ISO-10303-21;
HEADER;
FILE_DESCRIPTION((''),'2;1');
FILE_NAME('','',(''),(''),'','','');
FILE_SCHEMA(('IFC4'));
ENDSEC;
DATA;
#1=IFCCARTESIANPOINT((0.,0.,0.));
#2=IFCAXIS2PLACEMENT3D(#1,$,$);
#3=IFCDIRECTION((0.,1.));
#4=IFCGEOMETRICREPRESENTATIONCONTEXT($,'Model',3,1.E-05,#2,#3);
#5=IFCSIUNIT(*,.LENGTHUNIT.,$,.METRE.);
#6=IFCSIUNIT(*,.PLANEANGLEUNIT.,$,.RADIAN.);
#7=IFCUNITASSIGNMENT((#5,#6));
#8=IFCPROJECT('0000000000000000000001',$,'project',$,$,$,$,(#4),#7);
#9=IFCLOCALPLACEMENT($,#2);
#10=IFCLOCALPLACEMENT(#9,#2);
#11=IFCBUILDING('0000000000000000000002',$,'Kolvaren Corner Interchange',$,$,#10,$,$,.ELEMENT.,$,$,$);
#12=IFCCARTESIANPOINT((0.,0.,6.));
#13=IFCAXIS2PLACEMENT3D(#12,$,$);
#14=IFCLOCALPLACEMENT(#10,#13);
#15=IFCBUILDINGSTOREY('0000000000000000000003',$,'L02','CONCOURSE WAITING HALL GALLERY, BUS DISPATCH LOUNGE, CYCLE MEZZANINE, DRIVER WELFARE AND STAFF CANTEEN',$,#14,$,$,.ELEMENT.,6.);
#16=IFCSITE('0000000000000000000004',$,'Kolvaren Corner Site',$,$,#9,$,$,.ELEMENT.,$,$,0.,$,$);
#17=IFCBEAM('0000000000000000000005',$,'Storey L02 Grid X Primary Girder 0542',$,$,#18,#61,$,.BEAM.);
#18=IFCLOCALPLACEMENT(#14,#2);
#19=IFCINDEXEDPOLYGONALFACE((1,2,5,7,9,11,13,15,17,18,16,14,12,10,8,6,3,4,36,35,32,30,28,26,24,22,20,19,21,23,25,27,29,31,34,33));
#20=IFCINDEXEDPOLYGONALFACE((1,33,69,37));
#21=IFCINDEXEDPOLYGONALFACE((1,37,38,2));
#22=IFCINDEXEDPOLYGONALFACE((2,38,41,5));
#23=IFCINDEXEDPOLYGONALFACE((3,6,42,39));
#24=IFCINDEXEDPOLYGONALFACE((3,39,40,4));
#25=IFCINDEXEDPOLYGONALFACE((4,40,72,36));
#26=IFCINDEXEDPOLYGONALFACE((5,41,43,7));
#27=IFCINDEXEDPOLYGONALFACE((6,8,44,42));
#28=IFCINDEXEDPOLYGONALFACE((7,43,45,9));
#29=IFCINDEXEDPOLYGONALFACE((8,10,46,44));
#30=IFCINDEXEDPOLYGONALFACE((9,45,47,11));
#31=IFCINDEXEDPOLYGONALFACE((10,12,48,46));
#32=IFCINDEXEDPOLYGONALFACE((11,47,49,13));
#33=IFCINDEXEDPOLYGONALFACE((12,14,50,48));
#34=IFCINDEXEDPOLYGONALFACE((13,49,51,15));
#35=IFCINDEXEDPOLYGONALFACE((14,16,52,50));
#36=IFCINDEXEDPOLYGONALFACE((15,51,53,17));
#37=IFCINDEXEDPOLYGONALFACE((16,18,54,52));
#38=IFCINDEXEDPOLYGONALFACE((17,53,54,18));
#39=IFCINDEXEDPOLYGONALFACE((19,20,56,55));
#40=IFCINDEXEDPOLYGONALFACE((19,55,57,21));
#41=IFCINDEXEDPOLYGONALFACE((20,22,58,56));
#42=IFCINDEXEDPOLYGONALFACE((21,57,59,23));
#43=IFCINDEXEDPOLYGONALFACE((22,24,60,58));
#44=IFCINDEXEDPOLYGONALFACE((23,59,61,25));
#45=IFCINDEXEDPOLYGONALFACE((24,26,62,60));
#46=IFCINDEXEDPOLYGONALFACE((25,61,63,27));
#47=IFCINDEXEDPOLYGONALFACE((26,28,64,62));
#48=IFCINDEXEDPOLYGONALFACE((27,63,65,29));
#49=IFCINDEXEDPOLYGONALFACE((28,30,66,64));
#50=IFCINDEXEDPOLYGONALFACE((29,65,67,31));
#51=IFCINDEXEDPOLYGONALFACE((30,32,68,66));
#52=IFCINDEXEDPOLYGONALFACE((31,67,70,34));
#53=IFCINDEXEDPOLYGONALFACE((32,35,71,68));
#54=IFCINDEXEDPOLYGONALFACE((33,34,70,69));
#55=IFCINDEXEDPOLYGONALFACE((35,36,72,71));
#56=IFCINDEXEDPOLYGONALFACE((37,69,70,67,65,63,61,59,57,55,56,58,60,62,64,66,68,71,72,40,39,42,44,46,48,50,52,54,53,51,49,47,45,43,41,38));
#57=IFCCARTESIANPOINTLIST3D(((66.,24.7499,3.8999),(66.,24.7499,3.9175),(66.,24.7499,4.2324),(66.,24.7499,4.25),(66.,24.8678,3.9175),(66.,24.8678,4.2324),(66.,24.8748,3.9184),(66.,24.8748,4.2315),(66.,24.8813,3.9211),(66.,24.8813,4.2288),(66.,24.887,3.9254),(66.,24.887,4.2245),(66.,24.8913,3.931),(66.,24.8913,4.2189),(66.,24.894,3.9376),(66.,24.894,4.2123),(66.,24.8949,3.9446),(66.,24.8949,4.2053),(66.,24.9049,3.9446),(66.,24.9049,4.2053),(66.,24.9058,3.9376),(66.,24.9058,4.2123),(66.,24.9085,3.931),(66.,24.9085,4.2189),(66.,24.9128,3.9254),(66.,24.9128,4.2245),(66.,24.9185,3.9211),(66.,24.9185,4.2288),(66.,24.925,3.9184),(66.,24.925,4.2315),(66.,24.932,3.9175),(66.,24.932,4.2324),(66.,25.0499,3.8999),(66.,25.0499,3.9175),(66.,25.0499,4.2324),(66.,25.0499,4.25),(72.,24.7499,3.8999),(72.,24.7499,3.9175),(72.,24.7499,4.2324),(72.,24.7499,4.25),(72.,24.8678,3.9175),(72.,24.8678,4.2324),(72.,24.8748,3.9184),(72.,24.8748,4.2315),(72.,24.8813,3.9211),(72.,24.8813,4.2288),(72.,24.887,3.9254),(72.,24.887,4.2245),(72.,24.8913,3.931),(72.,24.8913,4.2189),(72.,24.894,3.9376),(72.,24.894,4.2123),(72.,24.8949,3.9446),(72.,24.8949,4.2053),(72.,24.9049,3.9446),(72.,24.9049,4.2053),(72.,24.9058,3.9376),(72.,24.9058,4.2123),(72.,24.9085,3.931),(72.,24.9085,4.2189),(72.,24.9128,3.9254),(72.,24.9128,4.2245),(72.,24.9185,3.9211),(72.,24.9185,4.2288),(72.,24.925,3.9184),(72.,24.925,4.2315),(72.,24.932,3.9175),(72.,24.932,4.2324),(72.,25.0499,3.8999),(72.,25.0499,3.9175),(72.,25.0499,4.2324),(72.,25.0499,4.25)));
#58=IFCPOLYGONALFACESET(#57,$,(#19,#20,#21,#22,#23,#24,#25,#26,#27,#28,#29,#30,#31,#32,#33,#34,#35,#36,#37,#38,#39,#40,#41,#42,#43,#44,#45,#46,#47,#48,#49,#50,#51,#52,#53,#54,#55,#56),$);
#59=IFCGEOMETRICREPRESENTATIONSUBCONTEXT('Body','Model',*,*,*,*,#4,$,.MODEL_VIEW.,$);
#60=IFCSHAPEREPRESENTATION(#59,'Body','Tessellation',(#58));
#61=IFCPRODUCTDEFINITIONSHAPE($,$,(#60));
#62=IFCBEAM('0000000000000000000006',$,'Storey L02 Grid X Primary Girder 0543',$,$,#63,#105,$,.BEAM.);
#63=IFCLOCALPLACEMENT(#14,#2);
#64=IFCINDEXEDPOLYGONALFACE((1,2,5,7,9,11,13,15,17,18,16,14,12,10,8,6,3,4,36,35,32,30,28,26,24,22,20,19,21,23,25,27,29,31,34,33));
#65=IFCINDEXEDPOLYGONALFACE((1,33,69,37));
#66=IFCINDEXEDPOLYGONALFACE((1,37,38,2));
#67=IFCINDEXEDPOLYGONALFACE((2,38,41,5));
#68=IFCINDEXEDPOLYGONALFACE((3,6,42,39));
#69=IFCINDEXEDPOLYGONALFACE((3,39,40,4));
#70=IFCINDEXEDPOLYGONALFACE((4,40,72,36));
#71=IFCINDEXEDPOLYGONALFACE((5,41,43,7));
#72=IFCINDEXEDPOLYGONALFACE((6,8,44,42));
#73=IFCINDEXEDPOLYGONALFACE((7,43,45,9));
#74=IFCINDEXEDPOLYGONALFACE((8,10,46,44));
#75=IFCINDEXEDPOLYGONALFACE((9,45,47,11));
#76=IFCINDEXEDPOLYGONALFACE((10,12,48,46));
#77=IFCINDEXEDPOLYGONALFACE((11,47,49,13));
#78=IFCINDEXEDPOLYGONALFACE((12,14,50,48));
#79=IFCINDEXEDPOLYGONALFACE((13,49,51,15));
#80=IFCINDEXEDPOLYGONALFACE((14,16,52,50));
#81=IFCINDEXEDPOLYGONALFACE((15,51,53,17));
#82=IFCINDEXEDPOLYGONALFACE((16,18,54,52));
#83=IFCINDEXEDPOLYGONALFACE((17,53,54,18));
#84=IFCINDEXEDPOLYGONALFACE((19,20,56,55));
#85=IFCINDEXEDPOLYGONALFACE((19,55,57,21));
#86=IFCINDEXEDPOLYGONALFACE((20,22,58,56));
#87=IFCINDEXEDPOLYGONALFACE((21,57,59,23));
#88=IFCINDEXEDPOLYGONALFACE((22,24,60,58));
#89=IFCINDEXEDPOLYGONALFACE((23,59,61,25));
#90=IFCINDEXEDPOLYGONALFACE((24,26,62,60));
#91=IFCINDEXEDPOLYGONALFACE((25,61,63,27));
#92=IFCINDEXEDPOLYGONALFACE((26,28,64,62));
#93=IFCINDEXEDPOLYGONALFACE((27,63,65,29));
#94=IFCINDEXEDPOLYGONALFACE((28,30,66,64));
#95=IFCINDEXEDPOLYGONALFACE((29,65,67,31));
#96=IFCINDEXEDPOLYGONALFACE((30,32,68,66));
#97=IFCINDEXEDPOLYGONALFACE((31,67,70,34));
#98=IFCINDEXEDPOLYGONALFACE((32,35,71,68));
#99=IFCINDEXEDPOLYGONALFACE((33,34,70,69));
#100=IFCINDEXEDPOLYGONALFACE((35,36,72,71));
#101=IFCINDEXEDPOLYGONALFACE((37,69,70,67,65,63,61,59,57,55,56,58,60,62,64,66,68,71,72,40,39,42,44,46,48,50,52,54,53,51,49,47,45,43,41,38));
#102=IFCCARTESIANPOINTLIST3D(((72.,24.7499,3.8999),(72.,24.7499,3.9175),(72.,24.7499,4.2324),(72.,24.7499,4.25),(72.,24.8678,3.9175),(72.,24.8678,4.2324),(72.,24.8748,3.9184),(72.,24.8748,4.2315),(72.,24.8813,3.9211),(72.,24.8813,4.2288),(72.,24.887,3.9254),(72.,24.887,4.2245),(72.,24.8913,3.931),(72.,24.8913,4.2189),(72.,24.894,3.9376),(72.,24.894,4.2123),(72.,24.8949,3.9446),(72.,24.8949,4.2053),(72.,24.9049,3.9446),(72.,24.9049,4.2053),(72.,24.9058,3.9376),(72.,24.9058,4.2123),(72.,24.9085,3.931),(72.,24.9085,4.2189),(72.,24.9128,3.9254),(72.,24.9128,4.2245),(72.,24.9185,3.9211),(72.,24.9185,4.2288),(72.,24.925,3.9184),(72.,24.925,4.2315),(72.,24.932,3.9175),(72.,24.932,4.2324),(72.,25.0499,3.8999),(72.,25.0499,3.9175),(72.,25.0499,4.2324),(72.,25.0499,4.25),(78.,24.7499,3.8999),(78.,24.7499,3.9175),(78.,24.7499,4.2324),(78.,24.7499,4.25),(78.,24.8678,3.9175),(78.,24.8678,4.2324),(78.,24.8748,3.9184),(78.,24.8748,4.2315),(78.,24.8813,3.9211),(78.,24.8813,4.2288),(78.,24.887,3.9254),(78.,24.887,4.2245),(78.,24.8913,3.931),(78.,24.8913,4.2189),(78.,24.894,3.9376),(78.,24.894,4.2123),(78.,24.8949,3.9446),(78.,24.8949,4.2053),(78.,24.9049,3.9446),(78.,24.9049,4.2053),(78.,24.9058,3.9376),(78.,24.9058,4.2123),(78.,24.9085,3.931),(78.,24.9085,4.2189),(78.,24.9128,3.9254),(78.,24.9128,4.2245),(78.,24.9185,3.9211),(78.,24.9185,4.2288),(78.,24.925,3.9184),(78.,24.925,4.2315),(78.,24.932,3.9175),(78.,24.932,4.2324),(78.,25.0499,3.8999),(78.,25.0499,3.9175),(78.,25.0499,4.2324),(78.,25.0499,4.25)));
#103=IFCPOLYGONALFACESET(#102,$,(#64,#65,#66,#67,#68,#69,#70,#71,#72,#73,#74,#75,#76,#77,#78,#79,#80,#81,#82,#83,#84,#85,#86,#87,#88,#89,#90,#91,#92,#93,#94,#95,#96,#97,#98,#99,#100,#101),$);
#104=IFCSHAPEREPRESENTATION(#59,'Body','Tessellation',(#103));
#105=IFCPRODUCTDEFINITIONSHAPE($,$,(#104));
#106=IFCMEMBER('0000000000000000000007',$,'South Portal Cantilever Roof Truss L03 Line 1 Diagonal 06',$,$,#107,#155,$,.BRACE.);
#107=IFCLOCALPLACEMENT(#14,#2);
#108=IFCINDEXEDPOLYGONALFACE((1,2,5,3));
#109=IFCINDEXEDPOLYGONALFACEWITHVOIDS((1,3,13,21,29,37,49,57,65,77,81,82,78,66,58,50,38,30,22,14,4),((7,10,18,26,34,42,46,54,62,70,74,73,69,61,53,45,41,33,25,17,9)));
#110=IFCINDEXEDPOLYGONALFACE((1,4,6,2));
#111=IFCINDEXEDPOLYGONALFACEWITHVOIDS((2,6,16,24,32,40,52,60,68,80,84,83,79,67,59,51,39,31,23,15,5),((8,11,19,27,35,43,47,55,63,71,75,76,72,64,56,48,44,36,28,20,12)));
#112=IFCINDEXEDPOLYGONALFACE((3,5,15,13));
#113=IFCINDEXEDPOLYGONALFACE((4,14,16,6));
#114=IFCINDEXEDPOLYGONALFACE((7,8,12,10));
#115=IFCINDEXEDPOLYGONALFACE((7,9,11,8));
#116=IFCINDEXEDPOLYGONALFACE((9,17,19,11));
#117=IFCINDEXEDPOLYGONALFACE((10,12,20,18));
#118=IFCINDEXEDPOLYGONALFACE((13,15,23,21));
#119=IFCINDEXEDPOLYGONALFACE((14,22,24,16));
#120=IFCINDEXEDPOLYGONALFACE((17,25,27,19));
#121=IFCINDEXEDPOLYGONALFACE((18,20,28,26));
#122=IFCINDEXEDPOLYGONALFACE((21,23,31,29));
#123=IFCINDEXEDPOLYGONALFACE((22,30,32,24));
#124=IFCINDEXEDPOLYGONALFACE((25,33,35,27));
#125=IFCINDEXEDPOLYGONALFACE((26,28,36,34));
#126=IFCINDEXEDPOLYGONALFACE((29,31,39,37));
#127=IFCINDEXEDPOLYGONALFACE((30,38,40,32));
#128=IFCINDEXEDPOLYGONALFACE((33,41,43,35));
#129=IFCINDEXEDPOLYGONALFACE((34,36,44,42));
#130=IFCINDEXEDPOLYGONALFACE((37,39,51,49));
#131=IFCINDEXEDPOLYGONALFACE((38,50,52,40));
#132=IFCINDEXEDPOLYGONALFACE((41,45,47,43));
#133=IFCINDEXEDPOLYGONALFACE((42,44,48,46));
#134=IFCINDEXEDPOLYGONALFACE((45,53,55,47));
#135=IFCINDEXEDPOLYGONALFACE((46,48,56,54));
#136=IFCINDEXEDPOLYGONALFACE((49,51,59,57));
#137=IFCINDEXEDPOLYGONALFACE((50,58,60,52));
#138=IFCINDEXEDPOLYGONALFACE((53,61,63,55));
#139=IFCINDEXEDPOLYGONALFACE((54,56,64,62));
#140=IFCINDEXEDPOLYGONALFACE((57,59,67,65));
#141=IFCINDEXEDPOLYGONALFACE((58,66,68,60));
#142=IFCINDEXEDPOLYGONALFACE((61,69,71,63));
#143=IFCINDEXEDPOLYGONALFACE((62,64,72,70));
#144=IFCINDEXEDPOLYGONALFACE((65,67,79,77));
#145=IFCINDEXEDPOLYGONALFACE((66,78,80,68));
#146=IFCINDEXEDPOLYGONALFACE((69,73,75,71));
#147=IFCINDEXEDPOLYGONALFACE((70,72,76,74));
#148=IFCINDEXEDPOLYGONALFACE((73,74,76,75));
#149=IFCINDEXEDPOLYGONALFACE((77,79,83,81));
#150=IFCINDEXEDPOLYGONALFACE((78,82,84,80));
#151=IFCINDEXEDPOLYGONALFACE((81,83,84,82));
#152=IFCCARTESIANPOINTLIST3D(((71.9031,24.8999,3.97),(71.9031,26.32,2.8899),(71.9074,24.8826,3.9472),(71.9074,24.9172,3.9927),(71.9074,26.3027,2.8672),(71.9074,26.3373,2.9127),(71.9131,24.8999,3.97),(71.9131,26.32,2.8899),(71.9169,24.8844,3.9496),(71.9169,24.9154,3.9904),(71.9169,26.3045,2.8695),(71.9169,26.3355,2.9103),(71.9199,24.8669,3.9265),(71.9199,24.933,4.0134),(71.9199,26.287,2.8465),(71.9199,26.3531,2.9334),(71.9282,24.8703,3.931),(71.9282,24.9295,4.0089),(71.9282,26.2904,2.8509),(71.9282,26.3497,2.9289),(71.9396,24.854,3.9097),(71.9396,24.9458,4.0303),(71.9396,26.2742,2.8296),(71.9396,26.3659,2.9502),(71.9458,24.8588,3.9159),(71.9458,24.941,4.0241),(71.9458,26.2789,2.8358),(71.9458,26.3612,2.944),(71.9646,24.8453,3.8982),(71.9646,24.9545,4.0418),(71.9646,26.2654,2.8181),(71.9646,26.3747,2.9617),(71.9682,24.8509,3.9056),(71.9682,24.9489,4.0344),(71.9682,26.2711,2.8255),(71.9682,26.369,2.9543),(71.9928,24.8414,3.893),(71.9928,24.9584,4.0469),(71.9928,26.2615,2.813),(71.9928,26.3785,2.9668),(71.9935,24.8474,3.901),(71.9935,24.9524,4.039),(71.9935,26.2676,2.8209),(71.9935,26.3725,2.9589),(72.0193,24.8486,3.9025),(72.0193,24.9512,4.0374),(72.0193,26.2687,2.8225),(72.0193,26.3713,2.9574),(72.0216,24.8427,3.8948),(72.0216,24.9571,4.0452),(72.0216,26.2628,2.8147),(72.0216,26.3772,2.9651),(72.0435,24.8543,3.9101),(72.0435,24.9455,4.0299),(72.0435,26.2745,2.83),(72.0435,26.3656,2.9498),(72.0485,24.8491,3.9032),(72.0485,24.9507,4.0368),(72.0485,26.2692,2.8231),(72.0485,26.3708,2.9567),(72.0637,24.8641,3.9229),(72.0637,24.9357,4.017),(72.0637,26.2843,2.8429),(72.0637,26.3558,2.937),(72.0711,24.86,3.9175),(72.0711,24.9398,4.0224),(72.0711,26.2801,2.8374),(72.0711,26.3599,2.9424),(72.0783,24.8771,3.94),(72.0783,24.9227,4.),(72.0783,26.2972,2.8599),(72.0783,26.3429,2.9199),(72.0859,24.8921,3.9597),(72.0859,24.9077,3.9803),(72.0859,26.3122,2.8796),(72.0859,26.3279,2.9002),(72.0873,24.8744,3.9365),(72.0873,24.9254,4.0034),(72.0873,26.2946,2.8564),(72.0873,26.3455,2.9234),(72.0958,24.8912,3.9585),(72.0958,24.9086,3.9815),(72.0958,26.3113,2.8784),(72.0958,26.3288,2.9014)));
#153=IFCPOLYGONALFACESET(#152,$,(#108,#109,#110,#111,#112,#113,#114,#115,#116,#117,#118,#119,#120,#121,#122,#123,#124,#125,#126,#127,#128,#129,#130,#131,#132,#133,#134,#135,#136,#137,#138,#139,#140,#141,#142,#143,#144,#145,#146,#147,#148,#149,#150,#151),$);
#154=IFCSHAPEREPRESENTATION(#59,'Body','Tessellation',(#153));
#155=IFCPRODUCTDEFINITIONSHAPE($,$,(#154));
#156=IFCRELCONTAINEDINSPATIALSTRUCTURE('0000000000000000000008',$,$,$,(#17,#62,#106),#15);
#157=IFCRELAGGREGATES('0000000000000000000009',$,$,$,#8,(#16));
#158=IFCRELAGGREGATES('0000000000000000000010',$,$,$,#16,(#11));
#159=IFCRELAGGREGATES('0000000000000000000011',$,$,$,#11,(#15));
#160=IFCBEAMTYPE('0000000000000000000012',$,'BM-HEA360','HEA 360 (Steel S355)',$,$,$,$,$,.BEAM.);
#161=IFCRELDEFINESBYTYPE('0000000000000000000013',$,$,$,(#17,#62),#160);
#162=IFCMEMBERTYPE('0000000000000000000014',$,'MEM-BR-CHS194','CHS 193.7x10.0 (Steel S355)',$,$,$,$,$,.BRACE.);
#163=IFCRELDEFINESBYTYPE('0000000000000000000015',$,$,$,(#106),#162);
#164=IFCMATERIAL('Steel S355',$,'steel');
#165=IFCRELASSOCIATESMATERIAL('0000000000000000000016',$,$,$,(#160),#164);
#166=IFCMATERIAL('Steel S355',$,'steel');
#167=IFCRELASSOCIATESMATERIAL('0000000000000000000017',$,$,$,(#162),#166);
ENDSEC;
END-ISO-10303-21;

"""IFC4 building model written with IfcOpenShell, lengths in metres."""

from ifc_helpers import new_model, si_unit, direction, frame, origin, origin_2d, place, context, subcontext, project, spatial, hollow_circle, i_section, extrude, material, material_profile, profile_set, type_object, element, save


model = new_model("IFC4")

# Units and contexts
model_context = context("Model", 3, precision=1e-05, world=origin(), true_north=direction((0.0, 1.0)))
body_context = subcontext(model_context, "Body", "Model", "MODEL_VIEW")
ifc_project = project(units=[si_unit("LENGTHUNIT", "METRE"), si_unit("PLANEANGLEUNIT", "RADIAN")], contexts=[model_context])

# Site, building, storey
site_placement = place(None, origin())
site = spatial("IfcSite", under=ifc_project, at=site_placement, Name="Kolvaren Corner Site", CompositionType="ELEMENT", RefElevation=0.0)
building_placement = place(site_placement, origin())
building = spatial("IfcBuilding", under=site, at=building_placement, Name="Kolvaren Corner Interchange", CompositionType="ELEMENT")
storey_placement = place(building_placement, frame((0.0, 0.0, 6.0)))
storey = spatial("IfcBuildingStorey", under=building, at=storey_placement, Name="L02", Description="CONCOURSE WAITING HALL GALLERY, BUS DISPATCH LOUNGE, CYCLE MEZZANINE, DRIVER WELFARE AND STAFF CANTEEN", CompositionType="ELEMENT", Elevation=6.0)

# Beams
ifc_material_1 = material(Name="Steel S355", Category="steel")
ifc_material_profile_1 = material_profile(ifc_material_1, i_section(OverallWidth=0.3, OverallDepth=0.3501, WebThickness=0.01, FlangeThickness=0.0176, FilletRadius=0.0271, at=origin_2d()), Name="HEA 360")
ifc_profile_set_1 = profile_set([ifc_material_profile_1], Name="Steel S355")
beam_type = type_object("IfcBeamType", Name="BM-HEA360", Description="HEA 360 (Steel S355)", PredefinedType="BEAM", material=ifc_profile_set_1)
for number, where, z_axis, x_axis, name in (
    (1, (66.0, 24.8999, 4.075), (1.0, 0.0, 0.0), (0.0, 1.0, 0.0), "Storey L02 Grid X Primary Girder 0542"),
    (2, (72.0, 24.8999, 4.075), (1.0, 0.0, 0.0), (0.0, 1.0, 0.0), "Storey L02 Grid X Primary Girder 0543"),
):
    element("IfcBeam", number, at=place(storey_placement, frame(where, z_axis=z_axis, x_axis=x_axis)), inside=storey, type_object=beam_type, Name=name, PredefinedType="BEAM", context=body_context, shape_type="SweptSolid", body=[
        extrude(i_section(OverallWidth=0.3, OverallDepth=0.3501, WebThickness=0.01, FlangeThickness=0.0176, FilletRadius=0.0271, at=origin_2d()), origin(), (0.0, 0.0, 1.0), 6.0),
    ])

# Member
ifc_material_2 = material(Name="Steel S355", Category="steel")
ifc_material_profile_2 = material_profile(ifc_material_2, hollow_circle(Radius=0.0969, WallThickness=0.01, at=origin_2d()), Name="CHS 193.7x10.0")
ifc_profile_set_2 = profile_set([ifc_material_profile_2], Name="Steel S355")
member_type_1 = type_object("IfcMemberType", Name="MEM-BR-CHS194", Description="CHS 193.7x10.0 (Steel S355)", PredefinedType="BRACE", material=ifc_profile_set_2)
member_1_placement = place(storey_placement, frame((72.0, 24.8999, 3.97), z_axis=(0.0, 0.795959, -0.60535), x_axis=(-1.0, 0.0, 0.0)))
element("IfcMember", 3, at=member_1_placement, inside=storey, type_object=member_type_1, Name="South Portal Cantilever Roof Truss L03 Line 1 Diagonal 06", PredefinedType="BRACE", context=body_context, shape_type="SweptSolid", body=[
    extrude(hollow_circle(Radius=0.0969, WallThickness=0.01, at=origin_2d()), origin(), (0.0, 0.0, 1.0), 1.7842),
])

save(model, "model.ifc")
